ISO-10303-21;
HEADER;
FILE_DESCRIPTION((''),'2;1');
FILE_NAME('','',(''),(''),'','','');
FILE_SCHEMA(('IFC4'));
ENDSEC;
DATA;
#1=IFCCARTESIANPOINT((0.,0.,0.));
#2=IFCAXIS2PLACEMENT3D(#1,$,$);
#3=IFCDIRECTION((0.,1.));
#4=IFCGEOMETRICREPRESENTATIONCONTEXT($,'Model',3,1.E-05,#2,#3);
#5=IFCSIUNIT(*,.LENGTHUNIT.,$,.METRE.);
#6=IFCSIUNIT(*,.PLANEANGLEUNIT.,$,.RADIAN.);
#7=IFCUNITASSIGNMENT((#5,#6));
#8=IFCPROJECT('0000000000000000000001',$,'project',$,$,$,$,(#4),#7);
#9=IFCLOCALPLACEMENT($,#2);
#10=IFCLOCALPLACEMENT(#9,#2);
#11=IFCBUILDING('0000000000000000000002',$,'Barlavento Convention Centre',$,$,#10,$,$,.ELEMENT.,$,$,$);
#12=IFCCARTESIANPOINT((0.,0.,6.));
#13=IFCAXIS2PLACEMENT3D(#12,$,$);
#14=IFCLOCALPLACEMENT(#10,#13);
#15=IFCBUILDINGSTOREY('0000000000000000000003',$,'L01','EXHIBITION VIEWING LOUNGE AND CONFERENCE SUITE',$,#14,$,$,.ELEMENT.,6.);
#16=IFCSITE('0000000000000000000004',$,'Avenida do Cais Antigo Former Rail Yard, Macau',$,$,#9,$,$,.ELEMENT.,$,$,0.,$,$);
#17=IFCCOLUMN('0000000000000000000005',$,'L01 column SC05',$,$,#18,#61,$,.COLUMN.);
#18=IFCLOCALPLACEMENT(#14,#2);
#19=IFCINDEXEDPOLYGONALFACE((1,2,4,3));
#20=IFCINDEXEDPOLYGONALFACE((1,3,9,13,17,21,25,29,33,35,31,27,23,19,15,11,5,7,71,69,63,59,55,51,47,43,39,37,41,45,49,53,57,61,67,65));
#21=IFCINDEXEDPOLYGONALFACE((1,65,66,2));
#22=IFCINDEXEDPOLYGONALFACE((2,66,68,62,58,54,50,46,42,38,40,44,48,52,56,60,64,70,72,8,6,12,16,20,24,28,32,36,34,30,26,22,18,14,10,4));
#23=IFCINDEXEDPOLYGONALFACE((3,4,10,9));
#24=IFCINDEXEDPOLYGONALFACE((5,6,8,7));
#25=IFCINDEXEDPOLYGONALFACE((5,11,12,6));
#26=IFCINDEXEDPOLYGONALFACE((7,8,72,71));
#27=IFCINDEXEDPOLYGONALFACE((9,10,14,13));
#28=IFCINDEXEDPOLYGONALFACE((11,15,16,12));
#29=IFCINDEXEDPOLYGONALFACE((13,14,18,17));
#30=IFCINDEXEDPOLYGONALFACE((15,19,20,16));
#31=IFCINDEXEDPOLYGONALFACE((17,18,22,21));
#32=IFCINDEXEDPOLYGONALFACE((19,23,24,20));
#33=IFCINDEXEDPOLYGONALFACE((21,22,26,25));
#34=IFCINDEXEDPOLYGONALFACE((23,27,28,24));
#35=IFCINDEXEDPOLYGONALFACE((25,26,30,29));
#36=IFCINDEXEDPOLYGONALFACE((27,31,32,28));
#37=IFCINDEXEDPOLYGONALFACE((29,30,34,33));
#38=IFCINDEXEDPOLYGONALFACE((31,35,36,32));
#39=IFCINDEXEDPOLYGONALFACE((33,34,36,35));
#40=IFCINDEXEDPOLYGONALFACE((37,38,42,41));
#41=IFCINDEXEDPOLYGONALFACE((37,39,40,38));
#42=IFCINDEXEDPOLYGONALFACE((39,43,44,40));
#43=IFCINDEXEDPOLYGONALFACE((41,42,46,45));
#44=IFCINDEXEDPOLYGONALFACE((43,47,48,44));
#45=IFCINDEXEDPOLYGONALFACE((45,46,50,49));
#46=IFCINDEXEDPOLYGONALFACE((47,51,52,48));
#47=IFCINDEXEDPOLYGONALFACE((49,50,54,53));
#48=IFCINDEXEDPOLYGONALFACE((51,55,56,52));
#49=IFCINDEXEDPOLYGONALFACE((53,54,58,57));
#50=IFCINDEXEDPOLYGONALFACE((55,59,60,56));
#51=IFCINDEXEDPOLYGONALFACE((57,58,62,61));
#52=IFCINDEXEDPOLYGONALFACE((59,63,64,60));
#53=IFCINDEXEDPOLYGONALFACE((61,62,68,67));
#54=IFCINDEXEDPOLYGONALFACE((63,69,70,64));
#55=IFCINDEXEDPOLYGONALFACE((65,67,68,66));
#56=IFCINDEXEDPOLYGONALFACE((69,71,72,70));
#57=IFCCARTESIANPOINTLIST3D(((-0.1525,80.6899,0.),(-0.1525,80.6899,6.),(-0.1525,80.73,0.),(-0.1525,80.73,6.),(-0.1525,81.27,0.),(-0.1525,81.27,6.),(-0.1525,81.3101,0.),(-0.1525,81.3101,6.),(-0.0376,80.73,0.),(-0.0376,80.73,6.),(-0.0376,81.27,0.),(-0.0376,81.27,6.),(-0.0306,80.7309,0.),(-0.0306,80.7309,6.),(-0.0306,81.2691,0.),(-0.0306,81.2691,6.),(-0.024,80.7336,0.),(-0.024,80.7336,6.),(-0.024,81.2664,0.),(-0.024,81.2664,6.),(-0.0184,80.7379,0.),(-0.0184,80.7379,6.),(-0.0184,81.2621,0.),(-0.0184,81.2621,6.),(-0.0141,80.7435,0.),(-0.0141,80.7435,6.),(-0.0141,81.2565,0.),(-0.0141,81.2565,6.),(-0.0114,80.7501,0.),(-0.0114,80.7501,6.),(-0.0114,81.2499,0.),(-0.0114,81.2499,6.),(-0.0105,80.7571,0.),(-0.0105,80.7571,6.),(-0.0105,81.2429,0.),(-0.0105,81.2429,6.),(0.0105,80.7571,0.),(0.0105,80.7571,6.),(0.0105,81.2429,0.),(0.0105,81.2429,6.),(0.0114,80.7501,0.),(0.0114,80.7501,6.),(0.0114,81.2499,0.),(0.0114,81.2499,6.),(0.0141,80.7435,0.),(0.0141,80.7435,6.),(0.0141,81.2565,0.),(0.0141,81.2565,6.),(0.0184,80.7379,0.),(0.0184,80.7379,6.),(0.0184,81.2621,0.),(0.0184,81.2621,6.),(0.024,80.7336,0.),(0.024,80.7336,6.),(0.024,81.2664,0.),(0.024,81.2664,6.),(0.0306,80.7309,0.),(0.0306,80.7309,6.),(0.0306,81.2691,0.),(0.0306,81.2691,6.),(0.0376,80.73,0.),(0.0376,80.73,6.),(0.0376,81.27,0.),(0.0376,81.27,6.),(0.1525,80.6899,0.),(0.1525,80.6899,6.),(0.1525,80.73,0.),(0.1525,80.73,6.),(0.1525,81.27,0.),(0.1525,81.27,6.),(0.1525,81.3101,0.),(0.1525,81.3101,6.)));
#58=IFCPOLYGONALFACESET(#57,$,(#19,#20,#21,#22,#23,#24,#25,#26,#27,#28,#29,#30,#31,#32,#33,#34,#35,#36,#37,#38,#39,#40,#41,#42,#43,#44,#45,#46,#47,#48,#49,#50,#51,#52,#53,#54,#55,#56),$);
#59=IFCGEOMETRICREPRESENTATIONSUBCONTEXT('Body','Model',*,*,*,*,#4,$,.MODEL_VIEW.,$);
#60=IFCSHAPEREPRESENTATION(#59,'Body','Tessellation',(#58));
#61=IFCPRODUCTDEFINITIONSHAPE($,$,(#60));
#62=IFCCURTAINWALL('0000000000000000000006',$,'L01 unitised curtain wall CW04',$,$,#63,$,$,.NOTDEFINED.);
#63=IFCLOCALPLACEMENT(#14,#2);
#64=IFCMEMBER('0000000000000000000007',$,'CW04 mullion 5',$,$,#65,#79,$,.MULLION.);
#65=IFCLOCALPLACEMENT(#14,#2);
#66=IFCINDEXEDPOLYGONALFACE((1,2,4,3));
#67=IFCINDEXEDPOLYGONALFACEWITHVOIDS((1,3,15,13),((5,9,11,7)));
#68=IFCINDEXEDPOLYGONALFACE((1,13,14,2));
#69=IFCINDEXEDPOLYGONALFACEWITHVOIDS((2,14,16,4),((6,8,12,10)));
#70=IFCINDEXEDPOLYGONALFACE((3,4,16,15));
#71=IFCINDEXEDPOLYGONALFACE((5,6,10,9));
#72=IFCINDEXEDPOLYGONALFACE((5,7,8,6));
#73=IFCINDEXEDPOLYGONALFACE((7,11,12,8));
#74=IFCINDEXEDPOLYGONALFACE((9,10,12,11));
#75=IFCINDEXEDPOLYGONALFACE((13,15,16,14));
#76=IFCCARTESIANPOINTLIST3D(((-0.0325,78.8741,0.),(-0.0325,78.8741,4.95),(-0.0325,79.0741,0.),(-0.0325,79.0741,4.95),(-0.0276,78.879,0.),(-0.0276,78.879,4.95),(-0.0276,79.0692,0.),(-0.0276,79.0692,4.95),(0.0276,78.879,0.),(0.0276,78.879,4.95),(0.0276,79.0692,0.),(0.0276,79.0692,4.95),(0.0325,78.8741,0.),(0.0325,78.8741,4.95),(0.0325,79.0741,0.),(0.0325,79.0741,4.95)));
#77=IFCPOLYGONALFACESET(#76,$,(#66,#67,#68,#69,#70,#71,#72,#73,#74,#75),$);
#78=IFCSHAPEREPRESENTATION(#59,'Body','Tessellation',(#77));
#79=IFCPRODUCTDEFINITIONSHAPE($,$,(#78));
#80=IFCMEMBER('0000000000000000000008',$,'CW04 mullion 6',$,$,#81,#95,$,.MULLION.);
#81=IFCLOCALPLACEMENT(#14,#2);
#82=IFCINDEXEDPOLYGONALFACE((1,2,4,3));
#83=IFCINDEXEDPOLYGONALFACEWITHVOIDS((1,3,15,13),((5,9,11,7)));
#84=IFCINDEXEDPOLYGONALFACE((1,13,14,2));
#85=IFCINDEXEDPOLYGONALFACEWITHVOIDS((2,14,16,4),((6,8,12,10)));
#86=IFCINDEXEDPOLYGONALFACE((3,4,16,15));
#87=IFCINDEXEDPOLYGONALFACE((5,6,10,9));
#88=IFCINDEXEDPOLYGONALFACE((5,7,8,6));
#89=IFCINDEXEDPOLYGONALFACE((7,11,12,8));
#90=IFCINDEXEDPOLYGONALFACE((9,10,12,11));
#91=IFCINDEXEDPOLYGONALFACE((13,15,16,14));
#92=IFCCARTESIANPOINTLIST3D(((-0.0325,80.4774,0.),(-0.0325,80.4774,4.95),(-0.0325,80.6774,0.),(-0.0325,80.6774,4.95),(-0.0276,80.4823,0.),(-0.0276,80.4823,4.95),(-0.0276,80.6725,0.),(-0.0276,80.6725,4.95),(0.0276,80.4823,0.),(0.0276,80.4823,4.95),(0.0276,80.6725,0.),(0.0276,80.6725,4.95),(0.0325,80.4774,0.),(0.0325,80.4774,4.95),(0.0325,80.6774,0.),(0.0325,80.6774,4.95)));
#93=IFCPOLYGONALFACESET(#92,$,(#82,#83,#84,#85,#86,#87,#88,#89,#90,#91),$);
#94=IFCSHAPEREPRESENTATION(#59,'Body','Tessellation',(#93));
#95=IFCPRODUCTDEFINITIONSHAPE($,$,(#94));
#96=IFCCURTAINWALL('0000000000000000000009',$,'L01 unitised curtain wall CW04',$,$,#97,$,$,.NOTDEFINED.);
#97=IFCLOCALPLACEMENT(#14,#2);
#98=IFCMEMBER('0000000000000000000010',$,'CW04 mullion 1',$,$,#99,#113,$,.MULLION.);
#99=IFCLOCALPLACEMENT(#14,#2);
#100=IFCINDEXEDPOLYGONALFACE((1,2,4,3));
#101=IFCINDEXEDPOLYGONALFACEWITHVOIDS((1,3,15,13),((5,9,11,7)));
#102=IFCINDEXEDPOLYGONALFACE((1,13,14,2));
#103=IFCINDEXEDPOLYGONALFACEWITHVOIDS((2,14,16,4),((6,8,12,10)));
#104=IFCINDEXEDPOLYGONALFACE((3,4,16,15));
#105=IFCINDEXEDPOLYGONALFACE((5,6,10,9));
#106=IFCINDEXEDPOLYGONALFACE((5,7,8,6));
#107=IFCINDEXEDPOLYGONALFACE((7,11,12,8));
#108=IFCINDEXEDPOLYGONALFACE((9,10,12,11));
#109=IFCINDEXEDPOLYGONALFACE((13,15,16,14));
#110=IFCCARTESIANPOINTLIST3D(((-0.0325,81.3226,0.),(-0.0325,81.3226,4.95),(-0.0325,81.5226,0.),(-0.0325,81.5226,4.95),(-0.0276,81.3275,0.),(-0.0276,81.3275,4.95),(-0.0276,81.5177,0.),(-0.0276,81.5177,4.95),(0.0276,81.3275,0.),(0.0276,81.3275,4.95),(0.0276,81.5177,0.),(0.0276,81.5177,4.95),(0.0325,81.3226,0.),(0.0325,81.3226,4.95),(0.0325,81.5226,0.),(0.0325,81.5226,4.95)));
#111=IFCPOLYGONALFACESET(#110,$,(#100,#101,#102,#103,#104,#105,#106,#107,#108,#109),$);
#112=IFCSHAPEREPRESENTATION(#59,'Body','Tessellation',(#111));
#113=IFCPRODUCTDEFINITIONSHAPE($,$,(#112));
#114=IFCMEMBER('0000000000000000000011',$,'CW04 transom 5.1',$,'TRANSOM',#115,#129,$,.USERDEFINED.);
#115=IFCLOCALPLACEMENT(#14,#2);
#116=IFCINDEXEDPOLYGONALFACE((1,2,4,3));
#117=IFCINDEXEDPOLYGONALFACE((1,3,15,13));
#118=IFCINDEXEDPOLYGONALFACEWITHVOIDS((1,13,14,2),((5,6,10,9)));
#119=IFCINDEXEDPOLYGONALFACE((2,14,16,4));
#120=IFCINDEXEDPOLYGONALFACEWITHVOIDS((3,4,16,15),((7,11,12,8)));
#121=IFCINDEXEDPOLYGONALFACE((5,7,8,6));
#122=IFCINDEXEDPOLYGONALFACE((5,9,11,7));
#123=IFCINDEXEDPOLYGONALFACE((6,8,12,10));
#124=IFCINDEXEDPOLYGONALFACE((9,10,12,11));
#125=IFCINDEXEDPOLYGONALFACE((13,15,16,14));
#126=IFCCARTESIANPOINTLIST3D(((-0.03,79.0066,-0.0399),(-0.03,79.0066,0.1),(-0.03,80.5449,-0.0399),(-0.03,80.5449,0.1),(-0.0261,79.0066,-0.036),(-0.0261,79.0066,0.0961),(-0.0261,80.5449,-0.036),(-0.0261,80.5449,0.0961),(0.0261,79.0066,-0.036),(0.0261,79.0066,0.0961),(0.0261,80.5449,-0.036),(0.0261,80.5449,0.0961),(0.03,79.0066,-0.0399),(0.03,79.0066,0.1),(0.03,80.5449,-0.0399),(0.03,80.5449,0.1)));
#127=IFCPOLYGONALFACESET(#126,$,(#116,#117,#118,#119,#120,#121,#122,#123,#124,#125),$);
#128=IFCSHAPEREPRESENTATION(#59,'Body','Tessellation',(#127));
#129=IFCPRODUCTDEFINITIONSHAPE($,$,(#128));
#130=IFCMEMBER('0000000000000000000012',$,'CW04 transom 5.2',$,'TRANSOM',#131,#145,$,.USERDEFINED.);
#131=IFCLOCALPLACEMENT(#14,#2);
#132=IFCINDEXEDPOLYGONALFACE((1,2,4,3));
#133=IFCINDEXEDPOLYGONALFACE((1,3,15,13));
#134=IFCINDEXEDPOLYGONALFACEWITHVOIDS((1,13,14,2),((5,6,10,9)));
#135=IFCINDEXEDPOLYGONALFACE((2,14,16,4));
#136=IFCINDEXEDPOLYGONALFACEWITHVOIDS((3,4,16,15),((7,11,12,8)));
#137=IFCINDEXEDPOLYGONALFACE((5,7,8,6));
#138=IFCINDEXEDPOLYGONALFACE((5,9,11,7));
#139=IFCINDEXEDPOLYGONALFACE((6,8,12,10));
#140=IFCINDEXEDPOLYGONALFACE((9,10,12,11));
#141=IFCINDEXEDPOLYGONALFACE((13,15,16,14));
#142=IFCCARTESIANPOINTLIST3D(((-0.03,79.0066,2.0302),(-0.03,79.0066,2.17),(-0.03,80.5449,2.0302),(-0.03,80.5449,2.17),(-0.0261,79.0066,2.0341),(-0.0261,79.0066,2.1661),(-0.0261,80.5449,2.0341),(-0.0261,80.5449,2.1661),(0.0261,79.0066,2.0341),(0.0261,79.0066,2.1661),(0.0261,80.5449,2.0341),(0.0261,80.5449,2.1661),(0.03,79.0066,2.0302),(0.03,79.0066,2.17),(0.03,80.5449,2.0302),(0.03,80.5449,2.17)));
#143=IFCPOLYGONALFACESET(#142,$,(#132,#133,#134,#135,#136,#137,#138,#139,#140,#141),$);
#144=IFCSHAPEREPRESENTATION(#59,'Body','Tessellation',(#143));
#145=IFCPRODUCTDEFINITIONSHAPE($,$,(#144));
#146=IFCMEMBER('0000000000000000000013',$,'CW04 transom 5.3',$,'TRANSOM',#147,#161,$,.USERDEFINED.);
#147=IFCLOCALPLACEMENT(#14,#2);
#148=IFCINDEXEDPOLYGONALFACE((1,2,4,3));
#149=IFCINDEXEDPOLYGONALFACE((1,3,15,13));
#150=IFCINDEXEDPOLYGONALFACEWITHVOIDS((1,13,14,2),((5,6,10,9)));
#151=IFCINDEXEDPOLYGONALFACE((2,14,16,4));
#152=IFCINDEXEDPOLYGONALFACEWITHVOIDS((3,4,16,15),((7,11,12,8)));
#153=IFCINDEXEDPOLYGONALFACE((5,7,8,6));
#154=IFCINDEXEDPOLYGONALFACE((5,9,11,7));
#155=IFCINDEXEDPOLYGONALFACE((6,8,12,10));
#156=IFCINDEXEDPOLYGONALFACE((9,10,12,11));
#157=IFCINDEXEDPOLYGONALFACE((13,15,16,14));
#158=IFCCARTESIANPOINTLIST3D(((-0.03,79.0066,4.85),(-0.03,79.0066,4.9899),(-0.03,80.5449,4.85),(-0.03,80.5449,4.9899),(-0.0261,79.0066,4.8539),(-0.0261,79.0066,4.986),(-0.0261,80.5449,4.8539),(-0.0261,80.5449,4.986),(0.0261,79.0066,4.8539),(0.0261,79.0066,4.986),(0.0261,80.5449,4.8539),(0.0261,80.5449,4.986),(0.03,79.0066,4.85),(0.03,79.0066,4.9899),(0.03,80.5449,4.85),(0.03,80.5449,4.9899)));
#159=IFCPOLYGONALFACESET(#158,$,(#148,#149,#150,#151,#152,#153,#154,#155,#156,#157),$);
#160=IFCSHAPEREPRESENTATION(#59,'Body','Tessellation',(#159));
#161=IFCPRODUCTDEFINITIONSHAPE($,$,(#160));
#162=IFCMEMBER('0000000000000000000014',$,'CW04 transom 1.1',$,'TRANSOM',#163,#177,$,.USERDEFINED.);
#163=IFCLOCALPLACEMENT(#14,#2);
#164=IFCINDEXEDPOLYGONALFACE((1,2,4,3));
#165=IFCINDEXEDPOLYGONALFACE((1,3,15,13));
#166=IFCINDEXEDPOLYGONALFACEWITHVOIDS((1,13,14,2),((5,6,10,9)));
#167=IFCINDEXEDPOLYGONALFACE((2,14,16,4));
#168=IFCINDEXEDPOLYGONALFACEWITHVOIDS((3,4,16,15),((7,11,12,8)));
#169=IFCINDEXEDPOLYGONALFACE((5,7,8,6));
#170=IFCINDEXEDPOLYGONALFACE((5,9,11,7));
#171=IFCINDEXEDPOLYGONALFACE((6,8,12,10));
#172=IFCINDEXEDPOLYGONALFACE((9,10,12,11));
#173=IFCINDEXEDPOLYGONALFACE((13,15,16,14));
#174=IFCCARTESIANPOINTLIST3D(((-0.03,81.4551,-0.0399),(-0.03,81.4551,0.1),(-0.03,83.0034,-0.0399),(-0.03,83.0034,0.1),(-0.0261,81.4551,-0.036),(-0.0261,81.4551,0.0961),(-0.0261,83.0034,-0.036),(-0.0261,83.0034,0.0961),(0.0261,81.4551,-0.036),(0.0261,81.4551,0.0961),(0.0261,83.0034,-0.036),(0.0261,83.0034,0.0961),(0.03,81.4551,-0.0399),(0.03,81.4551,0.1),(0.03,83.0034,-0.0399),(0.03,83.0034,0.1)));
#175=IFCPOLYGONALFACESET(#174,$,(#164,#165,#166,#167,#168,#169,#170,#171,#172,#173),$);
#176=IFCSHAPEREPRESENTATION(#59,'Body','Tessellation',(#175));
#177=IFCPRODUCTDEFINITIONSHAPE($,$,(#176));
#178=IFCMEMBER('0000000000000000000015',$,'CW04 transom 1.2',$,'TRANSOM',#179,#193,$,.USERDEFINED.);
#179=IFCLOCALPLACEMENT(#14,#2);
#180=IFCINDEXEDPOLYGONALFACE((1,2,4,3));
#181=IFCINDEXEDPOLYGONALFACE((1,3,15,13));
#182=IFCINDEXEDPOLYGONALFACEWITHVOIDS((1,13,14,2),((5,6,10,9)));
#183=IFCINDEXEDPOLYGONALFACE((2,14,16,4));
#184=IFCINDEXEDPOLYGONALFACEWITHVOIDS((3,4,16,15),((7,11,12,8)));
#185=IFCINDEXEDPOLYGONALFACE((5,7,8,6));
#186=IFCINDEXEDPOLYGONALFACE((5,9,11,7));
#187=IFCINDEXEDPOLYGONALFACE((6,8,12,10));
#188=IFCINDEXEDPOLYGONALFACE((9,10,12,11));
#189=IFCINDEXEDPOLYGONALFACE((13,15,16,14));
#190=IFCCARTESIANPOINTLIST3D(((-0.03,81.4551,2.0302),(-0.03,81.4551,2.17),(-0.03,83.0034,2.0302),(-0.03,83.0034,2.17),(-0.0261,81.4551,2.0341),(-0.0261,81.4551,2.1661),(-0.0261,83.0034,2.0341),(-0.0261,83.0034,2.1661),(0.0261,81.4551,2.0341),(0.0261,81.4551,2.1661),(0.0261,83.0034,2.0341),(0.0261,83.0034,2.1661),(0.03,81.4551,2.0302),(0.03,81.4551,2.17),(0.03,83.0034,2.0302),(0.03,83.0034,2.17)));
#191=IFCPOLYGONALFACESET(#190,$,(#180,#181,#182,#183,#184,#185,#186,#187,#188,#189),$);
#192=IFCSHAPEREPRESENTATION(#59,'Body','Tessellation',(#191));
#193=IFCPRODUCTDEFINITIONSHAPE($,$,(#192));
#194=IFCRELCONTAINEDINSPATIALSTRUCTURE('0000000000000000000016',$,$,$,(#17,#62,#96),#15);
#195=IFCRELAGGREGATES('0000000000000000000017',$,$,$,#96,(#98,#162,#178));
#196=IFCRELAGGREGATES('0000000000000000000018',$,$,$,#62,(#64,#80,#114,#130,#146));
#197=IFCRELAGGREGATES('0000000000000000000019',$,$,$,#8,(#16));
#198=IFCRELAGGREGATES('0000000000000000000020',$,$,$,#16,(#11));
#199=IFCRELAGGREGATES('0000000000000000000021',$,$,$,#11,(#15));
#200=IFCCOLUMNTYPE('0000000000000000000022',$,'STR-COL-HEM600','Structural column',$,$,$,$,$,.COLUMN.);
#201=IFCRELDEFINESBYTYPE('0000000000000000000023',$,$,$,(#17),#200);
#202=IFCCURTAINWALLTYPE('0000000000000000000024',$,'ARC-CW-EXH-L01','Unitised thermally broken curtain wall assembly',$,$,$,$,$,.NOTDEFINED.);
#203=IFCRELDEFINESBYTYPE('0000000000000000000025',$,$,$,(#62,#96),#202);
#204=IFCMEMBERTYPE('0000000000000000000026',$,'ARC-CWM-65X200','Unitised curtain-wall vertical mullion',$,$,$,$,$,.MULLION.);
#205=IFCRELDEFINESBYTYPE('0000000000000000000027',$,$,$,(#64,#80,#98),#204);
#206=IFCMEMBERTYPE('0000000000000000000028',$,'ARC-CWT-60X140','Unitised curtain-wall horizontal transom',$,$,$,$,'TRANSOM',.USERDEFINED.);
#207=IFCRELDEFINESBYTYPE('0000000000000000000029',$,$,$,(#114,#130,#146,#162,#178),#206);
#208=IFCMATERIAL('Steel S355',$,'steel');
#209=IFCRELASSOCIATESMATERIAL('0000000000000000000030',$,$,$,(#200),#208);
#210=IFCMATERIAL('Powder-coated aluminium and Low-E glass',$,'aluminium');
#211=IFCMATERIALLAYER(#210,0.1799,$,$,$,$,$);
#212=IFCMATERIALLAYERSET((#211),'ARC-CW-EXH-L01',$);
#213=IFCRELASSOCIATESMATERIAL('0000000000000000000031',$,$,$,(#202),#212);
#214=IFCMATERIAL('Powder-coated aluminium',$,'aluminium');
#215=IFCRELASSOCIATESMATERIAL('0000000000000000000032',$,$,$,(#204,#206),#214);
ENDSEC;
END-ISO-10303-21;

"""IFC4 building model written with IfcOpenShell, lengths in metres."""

from ifc_helpers import new_model, si_unit, direction, frame, origin, origin_2d, place, context, subcontext, project, spatial, hollow_rectangle, i_section, extrude, material, layer, layer_set, material_profile, profile_set, type_object, element, aggregate, save


model = new_model("IFC4")

# Units and contexts
model_context = context("Model", 3, precision=1e-05, world=origin(), true_north=direction((0.0, 1.0)))
body_context = subcontext(model_context, "Body", "Model", "MODEL_VIEW")
ifc_project = project(units=[si_unit("LENGTHUNIT", "METRE"), si_unit("PLANEANGLEUNIT", "RADIAN")], contexts=[model_context])

# Site, building, storey
site_placement = place(None, origin())
site = spatial("IfcSite", under=ifc_project, at=site_placement, Name="Avenida do Cais Antigo Former Rail Yard, Macau", CompositionType="ELEMENT", RefElevation=0.0)
building_placement = place(site_placement, origin())
building = spatial("IfcBuilding", under=site, at=building_placement, Name="Barlavento Convention Centre", CompositionType="ELEMENT")
storey_placement = place(building_placement, frame((0.0, 0.0, 6.0)))
storey = spatial("IfcBuildingStorey", under=building, at=storey_placement, Name="L01", Description="EXHIBITION VIEWING LOUNGE AND CONFERENCE SUITE", CompositionType="ELEMENT", Elevation=6.0)

# Column
ifc_material_1 = material(Name="Steel S355", Category="steel")
ifc_material_profile_1 = material_profile(ifc_material_1, i_section(OverallWidth=0.3049, OverallDepth=0.6201, WebThickness=0.021, FlangeThickness=0.04, FilletRadius=0.0271, at=origin_2d()), Name="HEM 600")
ifc_profile_set_1 = profile_set([ifc_material_profile_1], Name="Steel S355")
column_type = type_object("IfcColumnType", Name="STR-COL-HEM600", Description="Structural column", PredefinedType="COLUMN", material=ifc_profile_set_1)
column_placement = place(storey_placement, frame((0.0, 81.0, 0.0), z_axis=(0.0, 0.0, 1.0), x_axis=(1.0, 0.0, 0.0)))
element("IfcColumn", 1, at=column_placement, inside=storey, type_object=column_type, Name="L01 column SC05", PredefinedType="COLUMN", context=body_context, shape_type="SweptSolid", body=[
    extrude(i_section(OverallWidth=0.3049, OverallDepth=0.6201, WebThickness=0.021, FlangeThickness=0.04, FilletRadius=0.0271, at=origin_2d()), origin(), (0.0, 0.0, 1.0), 6.0),
])

# Curtain wall, members
ifc_material_2 = material(Name="Powder-coated aluminium and Low-E glass", Category="aluminium")
ifc_layer_1 = layer(ifc_material_2, 0.1799)
ifc_layer_set_1 = layer_set([ifc_layer_1], Name="ARC-CW-EXH-L01")
curtain_wall_type = type_object("IfcCurtainWallType", Name="ARC-CW-EXH-L01", Description="Unitised thermally broken curtain wall assembly", PredefinedType="NOTDEFINED", material=ifc_layer_set_1)
curtain_wall_1_placement = place(storey_placement, origin())
curtain_wall_1 = element("IfcCurtainWall", 2, at=curtain_wall_1_placement, inside=storey, type_object=curtain_wall_type, Name="L01 unitised curtain wall CW04", PredefinedType="NOTDEFINED")
ifc_material_3 = material(Name="Powder-coated aluminium", Category="aluminium")
ifc_material_profile_2 = material_profile(ifc_material_3, hollow_rectangle(XDim=0.0649, YDim=0.2, WallThickness=0.0049, at=origin_2d()), Name="AL-MULL 65x200x5")
ifc_profile_set_2 = profile_set([ifc_material_profile_2], Name="Powder-coated aluminium")
member_type_1 = type_object("IfcMemberType", Name="ARC-CWM-65X200", Description="Unitised curtain-wall vertical mullion", PredefinedType="MULLION", material=ifc_profile_set_2)
member_1_placement = place(storey_placement, frame((0.0, 78.9741, 0.0), z_axis=(0.0, 0.0, 1.0), x_axis=(-1.0, 0.0, 0.0)))
member_1 = element("IfcMember", 3, at=member_1_placement, type_object=member_type_1, Name="CW04 mullion 5", PredefinedType="MULLION", context=body_context, shape_type="SweptSolid", body=[
    extrude(hollow_rectangle(XDim=0.0649, YDim=0.2, WallThickness=0.0049, at=origin_2d()), origin(), (0.0, 0.0, 1.0), 4.95),
])
member_2_placement = place(storey_placement, frame((0.0, 80.5774, 0.0), z_axis=(0.0, 0.0, 1.0), x_axis=(-1.0, 0.0, 0.0)))
member_2 = element("IfcMember", 4, at=member_2_placement, type_object=member_type_1, Name="CW04 mullion 6", PredefinedType="MULLION", context=body_context, shape_type="SweptSolid", body=[
    extrude(hollow_rectangle(XDim=0.0649, YDim=0.2, WallThickness=0.0049, at=origin_2d()), origin(), (0.0, 0.0, 1.0), 4.95),
])

# Curtain wall, member
curtain_wall_2_placement = place(storey_placement, origin())
curtain_wall_2 = element("IfcCurtainWall", 5, at=curtain_wall_2_placement, inside=storey, type_object=curtain_wall_type, Name="L01 unitised curtain wall CW04", PredefinedType="NOTDEFINED")
member_3_placement = place(storey_placement, frame((0.0, 81.4226, 0.0), z_axis=(0.0, 0.0, 1.0), x_axis=(-1.0, 0.0, 0.0)))
member_3 = element("IfcMember", 6, at=member_3_placement, type_object=member_type_1, Name="CW04 mullion 1", PredefinedType="MULLION", context=body_context, shape_type="SweptSolid", body=[
    extrude(hollow_rectangle(XDim=0.0649, YDim=0.2, WallThickness=0.0049, at=origin_2d()), origin(), (0.0, 0.0, 1.0), 4.95),
])

# Members
ifc_material_profile_3 = material_profile(ifc_material_3, hollow_rectangle(XDim=0.0601, YDim=0.1399, WallThickness=0.0039, at=origin_2d()), Name="AL-TRAN 60x140x4")
ifc_profile_set_3 = profile_set([ifc_material_profile_3], Name="Powder-coated aluminium")
member_type_2 = type_object("IfcMemberType", Name="ARC-CWT-60X140", Description="Unitised curtain-wall horizontal transom", ElementType="TRANSOM", PredefinedType="USERDEFINED", material=ifc_profile_set_3)
member_4_placement = place(storey_placement, frame((0.0, 79.0066, 0.03), z_axis=(0.0, 1.0, 0.0), x_axis=(-1.0, 0.0, 0.0)))
member_4 = element("IfcMember", 7, at=member_4_placement, type_object=member_type_2, Name="CW04 transom 5.1", ObjectType="TRANSOM", PredefinedType="USERDEFINED", context=body_context, shape_type="SweptSolid", body=[
    extrude(hollow_rectangle(XDim=0.0601, YDim=0.1399, WallThickness=0.0039, at=origin_2d()), origin(), (0.0, 0.0, 1.0), 1.5383),
])
member_5_placement = place(storey_placement, frame((0.0, 79.0066, 2.1001), z_axis=(0.0, 1.0, 0.0), x_axis=(-1.0, 0.0, 0.0)))
member_5 = element("IfcMember", 8, at=member_5_placement, type_object=member_type_2, Name="CW04 transom 5.2", ObjectType="TRANSOM", PredefinedType="USERDEFINED", context=body_context, shape_type="SweptSolid", body=[
    extrude(hollow_rectangle(XDim=0.0601, YDim=0.1399, WallThickness=0.0039, at=origin_2d()), origin(), (0.0, 0.0, 1.0), 1.5383),
])
member_6_placement = place(storey_placement, frame((0.0, 79.0066, 4.9199), z_axis=(0.0, 1.0, 0.0), x_axis=(-1.0, 0.0, 0.0)))
member_6 = element("IfcMember", 9, at=member_6_placement, type_object=member_type_2, Name="CW04 transom 5.3", ObjectType="TRANSOM", PredefinedType="USERDEFINED", context=body_context, shape_type="SweptSolid", body=[
    extrude(hollow_rectangle(XDim=0.0601, YDim=0.1399, WallThickness=0.0039, at=origin_2d()), origin(), (0.0, 0.0, 1.0), 1.5383),
])
member_7_placement = place(storey_placement, frame((0.0, 81.4551, 0.03), z_axis=(0.0, 1.0, 0.0), x_axis=(-1.0, 0.0, 0.0)))
member_7 = element("IfcMember", 10, at=member_7_placement, type_object=member_type_2, Name="CW04 transom 1.1", ObjectType="TRANSOM", PredefinedType="USERDEFINED", context=body_context, shape_type="SweptSolid", body=[
    extrude(hollow_rectangle(XDim=0.0601, YDim=0.1399, WallThickness=0.0039, at=origin_2d()), origin(), (0.0, 0.0, 1.0), 1.5483),
])
member_8_placement = place(storey_placement, frame((0.0, 81.4551, 2.1001), z_axis=(0.0, 1.0, 0.0), x_axis=(-1.0, 0.0, 0.0)))
member_8 = element("IfcMember", 11, at=member_8_placement, type_object=member_type_2, Name="CW04 transom 1.2", ObjectType="TRANSOM", PredefinedType="USERDEFINED", context=body_context, shape_type="SweptSolid", body=[
    extrude(hollow_rectangle(XDim=0.0601, YDim=0.1399, WallThickness=0.0039, at=origin_2d()), origin(), (0.0, 0.0, 1.0), 1.5483),
])
aggregate(curtain_wall_2, [member_3, member_7, member_8])

aggregate(curtain_wall_1, [member_1, member_2, member_4, member_5, member_6])

save(model, "model.ifc")
